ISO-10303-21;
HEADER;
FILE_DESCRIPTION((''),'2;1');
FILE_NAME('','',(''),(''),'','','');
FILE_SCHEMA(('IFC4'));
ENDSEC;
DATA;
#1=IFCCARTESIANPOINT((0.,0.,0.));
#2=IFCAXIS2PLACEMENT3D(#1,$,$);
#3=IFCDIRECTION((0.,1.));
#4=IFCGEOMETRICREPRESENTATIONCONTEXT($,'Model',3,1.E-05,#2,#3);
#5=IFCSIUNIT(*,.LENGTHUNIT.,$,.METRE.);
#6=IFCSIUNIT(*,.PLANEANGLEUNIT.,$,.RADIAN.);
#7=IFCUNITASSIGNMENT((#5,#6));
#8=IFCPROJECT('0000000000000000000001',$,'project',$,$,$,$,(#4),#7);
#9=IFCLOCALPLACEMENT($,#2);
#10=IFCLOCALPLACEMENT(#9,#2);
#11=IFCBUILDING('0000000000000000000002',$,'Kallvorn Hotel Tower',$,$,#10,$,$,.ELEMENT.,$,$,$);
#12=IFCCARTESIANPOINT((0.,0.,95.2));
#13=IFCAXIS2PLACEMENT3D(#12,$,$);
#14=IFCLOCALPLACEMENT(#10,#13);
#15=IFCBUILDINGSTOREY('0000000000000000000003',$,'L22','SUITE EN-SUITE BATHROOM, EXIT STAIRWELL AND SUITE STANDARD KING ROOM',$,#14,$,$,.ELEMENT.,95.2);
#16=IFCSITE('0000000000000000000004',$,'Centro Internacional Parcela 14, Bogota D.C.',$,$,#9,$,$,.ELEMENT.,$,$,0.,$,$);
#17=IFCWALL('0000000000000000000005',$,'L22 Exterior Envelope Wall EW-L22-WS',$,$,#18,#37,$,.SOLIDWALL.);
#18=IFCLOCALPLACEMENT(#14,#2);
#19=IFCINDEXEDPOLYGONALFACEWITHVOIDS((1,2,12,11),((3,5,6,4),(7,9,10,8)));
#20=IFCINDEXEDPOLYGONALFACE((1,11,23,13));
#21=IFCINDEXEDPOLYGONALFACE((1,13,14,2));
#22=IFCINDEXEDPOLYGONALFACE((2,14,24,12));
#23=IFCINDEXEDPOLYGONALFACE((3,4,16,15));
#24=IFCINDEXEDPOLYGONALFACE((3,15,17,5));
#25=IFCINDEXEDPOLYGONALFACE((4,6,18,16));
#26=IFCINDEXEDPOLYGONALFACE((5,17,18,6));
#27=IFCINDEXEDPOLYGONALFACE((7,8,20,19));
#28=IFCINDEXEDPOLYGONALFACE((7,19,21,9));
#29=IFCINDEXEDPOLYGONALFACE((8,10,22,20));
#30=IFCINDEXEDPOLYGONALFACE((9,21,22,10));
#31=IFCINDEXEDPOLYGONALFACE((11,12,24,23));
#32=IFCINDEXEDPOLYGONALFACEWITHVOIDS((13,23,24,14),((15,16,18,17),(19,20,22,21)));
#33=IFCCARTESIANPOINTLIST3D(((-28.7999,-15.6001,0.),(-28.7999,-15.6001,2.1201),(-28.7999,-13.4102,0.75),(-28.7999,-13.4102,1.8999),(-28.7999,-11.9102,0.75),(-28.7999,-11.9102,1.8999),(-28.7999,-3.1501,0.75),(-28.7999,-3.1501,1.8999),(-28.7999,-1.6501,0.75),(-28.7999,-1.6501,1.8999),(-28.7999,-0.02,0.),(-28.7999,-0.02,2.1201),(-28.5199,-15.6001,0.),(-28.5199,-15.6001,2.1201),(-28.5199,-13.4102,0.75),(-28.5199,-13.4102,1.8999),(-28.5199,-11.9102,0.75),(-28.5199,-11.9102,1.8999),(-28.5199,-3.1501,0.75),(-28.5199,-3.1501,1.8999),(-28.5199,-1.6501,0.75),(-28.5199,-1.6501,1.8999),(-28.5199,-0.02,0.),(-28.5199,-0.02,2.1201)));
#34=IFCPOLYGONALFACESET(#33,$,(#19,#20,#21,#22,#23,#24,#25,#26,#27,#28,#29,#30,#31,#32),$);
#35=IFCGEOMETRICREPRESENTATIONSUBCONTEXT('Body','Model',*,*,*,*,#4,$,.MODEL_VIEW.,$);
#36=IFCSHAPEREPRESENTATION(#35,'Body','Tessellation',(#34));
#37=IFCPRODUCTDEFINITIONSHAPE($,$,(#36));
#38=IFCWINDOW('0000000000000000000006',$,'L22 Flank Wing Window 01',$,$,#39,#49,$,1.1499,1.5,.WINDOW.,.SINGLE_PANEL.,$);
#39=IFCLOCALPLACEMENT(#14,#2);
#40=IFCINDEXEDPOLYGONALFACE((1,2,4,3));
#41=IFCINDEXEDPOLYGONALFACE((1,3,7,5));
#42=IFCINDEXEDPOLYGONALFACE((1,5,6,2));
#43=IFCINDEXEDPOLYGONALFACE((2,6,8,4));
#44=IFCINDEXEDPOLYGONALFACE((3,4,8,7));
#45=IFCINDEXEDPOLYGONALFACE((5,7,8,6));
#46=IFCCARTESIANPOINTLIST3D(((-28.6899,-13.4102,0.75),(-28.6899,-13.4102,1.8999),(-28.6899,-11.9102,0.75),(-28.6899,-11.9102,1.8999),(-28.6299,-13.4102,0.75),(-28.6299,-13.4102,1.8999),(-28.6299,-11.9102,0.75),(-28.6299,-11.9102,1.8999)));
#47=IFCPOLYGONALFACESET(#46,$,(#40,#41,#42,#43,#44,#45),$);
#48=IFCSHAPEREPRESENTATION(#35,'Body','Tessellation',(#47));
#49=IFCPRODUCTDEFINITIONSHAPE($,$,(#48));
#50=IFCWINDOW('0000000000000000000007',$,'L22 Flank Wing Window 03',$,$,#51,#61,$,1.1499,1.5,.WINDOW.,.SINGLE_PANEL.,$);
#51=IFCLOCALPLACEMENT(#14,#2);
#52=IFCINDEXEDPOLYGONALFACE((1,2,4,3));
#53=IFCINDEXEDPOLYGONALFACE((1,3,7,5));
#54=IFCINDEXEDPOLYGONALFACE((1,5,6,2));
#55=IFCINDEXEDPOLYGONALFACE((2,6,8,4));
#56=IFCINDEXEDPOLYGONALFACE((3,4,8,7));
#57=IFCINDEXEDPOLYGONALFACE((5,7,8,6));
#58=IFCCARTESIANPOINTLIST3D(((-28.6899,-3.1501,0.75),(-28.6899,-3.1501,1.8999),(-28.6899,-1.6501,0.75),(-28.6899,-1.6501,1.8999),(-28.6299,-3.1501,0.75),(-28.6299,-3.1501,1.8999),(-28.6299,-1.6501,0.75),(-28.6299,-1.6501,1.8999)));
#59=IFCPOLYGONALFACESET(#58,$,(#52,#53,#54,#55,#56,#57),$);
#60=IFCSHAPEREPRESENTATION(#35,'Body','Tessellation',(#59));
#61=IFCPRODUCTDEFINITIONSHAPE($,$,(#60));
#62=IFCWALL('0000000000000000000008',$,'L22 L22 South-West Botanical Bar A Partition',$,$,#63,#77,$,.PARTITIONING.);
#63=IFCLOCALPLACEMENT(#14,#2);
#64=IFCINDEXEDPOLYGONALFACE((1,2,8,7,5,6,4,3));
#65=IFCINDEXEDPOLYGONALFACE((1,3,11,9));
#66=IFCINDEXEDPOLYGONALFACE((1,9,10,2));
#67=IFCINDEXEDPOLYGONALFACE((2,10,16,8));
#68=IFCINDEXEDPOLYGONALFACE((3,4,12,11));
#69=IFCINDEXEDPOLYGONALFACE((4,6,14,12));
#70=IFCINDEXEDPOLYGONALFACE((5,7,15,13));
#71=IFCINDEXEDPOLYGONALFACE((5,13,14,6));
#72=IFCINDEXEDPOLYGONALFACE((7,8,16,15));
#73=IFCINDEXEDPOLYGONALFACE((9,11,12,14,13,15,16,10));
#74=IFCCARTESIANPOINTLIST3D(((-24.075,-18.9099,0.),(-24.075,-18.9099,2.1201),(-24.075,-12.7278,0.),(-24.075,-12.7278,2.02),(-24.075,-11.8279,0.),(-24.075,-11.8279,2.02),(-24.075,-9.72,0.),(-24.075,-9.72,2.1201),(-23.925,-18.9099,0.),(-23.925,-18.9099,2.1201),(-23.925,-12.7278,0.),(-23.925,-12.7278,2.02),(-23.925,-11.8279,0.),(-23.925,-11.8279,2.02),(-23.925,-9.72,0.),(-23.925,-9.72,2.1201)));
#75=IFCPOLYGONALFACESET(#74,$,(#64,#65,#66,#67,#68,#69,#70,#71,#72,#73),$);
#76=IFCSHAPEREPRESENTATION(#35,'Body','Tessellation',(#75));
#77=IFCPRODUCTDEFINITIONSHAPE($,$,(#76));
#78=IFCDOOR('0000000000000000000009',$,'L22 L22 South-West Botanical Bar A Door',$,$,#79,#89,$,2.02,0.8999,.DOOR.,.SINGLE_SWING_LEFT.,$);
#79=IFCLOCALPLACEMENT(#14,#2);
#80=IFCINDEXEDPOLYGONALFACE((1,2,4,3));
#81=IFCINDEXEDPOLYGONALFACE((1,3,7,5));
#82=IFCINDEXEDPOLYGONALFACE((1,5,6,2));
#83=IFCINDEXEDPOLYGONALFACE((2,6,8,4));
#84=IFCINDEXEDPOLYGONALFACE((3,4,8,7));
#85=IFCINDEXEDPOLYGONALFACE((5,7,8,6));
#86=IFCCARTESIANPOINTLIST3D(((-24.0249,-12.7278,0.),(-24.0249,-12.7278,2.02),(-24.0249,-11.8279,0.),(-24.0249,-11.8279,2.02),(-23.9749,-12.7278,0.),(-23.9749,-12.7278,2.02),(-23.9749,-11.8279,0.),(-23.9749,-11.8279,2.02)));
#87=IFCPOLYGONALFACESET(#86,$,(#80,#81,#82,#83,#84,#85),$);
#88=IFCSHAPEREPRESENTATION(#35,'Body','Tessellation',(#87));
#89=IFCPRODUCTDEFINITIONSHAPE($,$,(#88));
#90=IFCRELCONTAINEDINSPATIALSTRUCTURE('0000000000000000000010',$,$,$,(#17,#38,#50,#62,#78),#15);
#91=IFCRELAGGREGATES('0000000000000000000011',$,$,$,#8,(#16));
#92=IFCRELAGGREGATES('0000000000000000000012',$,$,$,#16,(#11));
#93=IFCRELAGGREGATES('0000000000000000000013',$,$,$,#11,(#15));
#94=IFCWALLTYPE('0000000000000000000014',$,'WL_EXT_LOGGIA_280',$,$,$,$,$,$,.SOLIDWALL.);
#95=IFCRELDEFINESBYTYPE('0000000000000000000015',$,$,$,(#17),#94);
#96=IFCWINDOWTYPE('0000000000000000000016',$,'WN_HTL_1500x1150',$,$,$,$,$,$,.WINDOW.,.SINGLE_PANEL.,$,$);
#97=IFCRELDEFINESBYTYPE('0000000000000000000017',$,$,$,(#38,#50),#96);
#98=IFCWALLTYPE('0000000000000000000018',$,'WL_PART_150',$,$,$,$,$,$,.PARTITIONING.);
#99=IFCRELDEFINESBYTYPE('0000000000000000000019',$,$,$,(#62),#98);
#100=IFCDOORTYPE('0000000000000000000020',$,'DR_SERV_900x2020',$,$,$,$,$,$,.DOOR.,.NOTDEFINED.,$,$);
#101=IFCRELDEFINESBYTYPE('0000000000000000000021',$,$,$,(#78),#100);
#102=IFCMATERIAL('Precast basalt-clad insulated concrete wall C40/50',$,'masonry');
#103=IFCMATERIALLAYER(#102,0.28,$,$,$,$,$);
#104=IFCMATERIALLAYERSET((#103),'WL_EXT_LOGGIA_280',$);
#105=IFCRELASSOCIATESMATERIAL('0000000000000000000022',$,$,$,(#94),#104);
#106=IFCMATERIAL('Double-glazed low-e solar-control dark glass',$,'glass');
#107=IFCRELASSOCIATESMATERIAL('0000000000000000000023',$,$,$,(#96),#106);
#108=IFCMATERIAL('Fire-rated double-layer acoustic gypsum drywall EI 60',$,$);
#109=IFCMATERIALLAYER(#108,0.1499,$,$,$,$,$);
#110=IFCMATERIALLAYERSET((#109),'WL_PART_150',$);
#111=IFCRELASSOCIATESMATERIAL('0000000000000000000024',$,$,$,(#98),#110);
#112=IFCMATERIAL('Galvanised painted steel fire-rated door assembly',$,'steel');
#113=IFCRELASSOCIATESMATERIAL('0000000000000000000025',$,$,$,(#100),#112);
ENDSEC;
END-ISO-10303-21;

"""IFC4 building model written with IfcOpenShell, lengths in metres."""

from ifc_helpers import new_model, si_unit, direction, frame, frame_2d, origin, place, context, subcontext, project, spatial, rectangle, extrude, material, layer, layer_set, type_object, element, fill, save


model = new_model("IFC4")

# Units and contexts
model_context = context("Model", 3, precision=1e-05, world=origin(), true_north=direction((0.0, 1.0)))
body_context = subcontext(model_context, "Body", "Model", "MODEL_VIEW")
ifc_project = project(units=[si_unit("LENGTHUNIT", "METRE"), si_unit("PLANEANGLEUNIT", "RADIAN")], contexts=[model_context])

# Site, building, storey
site_placement = place(None, origin())
site = spatial("IfcSite", under=ifc_project, at=site_placement, Name="Centro Internacional Parcela 14, Bogota D.C.", CompositionType="ELEMENT", RefElevation=0.0)
building_placement = place(site_placement, origin())
building = spatial("IfcBuilding", under=site, at=building_placement, Name="Kallvorn Hotel Tower", CompositionType="ELEMENT")
storey_placement = place(building_placement, frame((0.0, 0.0, 95.2)))
storey = spatial("IfcBuildingStorey", under=building, at=storey_placement, Name="L22", Description="SUITE EN-SUITE BATHROOM, EXIT STAIRWELL AND SUITE STANDARD KING ROOM", CompositionType="ELEMENT", Elevation=95.2)

# Shared definitions
ifc_material_1 = material(Name="Precast basalt-clad insulated concrete wall C40/50", Category="masonry")
ifc_layer_1 = layer(ifc_material_1, 0.28)
ifc_layer_set_1 = layer_set([ifc_layer_1], Name="WL_EXT_LOGGIA_280")
wall_type_1 = type_object("IfcWallType", Name="WL_EXT_LOGGIA_280", PredefinedType="SOLIDWALL", material=ifc_layer_set_1)

# Wall, openings, windows
wall_1_placement = place(storey_placement, frame((-28.6599, -15.6001, 0.0), z_axis=(0.0, 0.0, 1.0), x_axis=(0.0, 1.0, 0.0)))
wall_1 = element("IfcWall", 1, at=wall_1_placement, inside=storey, type_object=wall_type_1, Name="L22 Exterior Envelope Wall EW-L22-WS", PredefinedType="SOLIDWALL", context=body_context, shape_type="SweptSolid", body=[
    extrude(rectangle(XDim=15.5801, YDim=0.28, at=frame_2d((7.79, 0.0))), origin(), (0.0, 0.0, 1.0), 2.1201),
])
opening_1_placement = place(wall_1_placement, frame((2.1899, 0.0, 0.75)))
opening_1 = element("IfcOpeningElement", 2, at=opening_1_placement, cuts=wall_1, PredefinedType="OPENING", context=body_context, shape_type="SweptSolid", body=[
    extrude(rectangle(XDim=1.5, YDim=1.1499, at=frame_2d((0.75, 0.575))), frame((0.0, 0.155, 0.0), z_axis=(0.0, -1.0, 0.0), x_axis=(1.0, 0.0, 0.0)), (0.0, 0.0, 1.0), 0.3101),
])
opening_2_placement = place(wall_1_placement, frame((12.45, 0.0, 0.75)))
opening_2 = element("IfcOpeningElement", 3, at=opening_2_placement, cuts=wall_1, PredefinedType="OPENING", context=body_context, shape_type="SweptSolid", body=[
    extrude(rectangle(XDim=1.5, YDim=1.1499, at=frame_2d((0.75, 0.575))), frame((0.0, 0.155, 0.0), z_axis=(0.0, -1.0, 0.0), x_axis=(1.0, 0.0, 0.0)), (0.0, 0.0, 1.0), 0.3101),
])
ifc_material_2 = material(Name="Double-glazed low-e solar-control dark glass", Category="glass")
window_type_1 = type_object("IfcWindowType", Name="WN_HTL_1500x1150", PartitioningType="SINGLE_PANEL", PredefinedType="WINDOW", material=ifc_material_2)
window_1_placement = place(opening_1_placement, origin())
window_1 = element("IfcWindow", 4, at=window_1_placement, inside=storey, type_object=window_type_1, Name="L22 Flank Wing Window 01", OverallHeight=1.1499, OverallWidth=1.5, PartitioningType="SINGLE_PANEL", PredefinedType="WINDOW", context=body_context, shape_type="SweptSolid", body=[
    extrude(rectangle(XDim=1.5, YDim=1.1499, at=frame_2d((0.75, 0.575))), frame((0.0, 0.03, 0.0), z_axis=(0.0, -1.0, 0.0), x_axis=(1.0, 0.0, 0.0)), (0.0, 0.0, 1.0), 0.0601),
])
fill(opening_1, window_1)
window_2_placement = place(opening_2_placement, origin())
window_2 = element("IfcWindow", 5, at=window_2_placement, inside=storey, type_object=window_type_1, Name="L22 Flank Wing Window 03", OverallHeight=1.1499, OverallWidth=1.5, PartitioningType="SINGLE_PANEL", PredefinedType="WINDOW", context=body_context, shape_type="SweptSolid", body=[
    extrude(rectangle(XDim=1.5, YDim=1.1499, at=frame_2d((0.75, 0.575))), frame((0.0, 0.03, 0.0), z_axis=(0.0, -1.0, 0.0), x_axis=(1.0, 0.0, 0.0)), (0.0, 0.0, 1.0), 0.0601),
])
fill(opening_2, window_2)

# Wall, opening, door
ifc_material_3 = material(Name="Fire-rated double-layer acoustic gypsum drywall EI 60")
ifc_layer_2 = layer(ifc_material_3, 0.1499)
ifc_layer_set_2 = layer_set([ifc_layer_2], Name="WL_PART_150")
wall_type_2 = type_object("IfcWallType", Name="WL_PART_150", PredefinedType="PARTITIONING", material=ifc_layer_set_2)
wall_2_placement = place(storey_placement, frame((-24.0, -18.9099, 0.0), z_axis=(0.0, 0.0, 1.0), x_axis=(0.0, 1.0, 0.0)))
wall_2 = element("IfcWall", 6, at=wall_2_placement, inside=storey, type_object=wall_type_2, Name="L22 L22 South-West Botanical Bar A Partition", PredefinedType="PARTITIONING", context=body_context, shape_type="SweptSolid", body=[
    extrude(rectangle(XDim=9.1899, YDim=0.1499, at=frame_2d((4.595, 0.0))), origin(), (0.0, 0.0, 1.0), 2.1201),
])
opening_3_placement = place(wall_2_placement, frame((6.1821, 0.0, 0.0)))
opening_3 = element("IfcOpeningElement", 7, at=opening_3_placement, cuts=wall_2, PredefinedType="OPENING", context=body_context, shape_type="SweptSolid", body=[
    extrude(rectangle(XDim=0.8999, YDim=2.02, at=frame_2d((0.45, 1.01))), frame((0.0, 0.0898, 0.0), z_axis=(0.0, -1.0, 0.0), x_axis=(1.0, 0.0, 0.0)), (0.0, 0.0, 1.0), 0.1799),
])
ifc_material_4 = material(Name="Galvanised painted steel fire-rated door assembly", Category="steel")
door_type = type_object("IfcDoorType", Name="DR_SERV_900x2020", OperationType="NOTDEFINED", PredefinedType="DOOR", material=ifc_material_4)
door_placement = place(opening_3_placement, origin())
door = element("IfcDoor", 8, at=door_placement, inside=storey, type_object=door_type, Name="L22 L22 South-West Botanical Bar A Door", OperationType="SINGLE_SWING_LEFT", OverallHeight=2.02, OverallWidth=0.8999, PredefinedType="DOOR", context=body_context, shape_type="SweptSolid", body=[
    extrude(rectangle(XDim=0.8999, YDim=2.02, at=frame_2d((0.45, 1.01))), frame((0.0, 0.0249, 0.0), z_axis=(0.0, -1.0, 0.0), x_axis=(1.0, 0.0, 0.0)), (0.0, 0.0, 1.0), 0.05),
])
fill(opening_3, door)

save(model, "model.ifc")
